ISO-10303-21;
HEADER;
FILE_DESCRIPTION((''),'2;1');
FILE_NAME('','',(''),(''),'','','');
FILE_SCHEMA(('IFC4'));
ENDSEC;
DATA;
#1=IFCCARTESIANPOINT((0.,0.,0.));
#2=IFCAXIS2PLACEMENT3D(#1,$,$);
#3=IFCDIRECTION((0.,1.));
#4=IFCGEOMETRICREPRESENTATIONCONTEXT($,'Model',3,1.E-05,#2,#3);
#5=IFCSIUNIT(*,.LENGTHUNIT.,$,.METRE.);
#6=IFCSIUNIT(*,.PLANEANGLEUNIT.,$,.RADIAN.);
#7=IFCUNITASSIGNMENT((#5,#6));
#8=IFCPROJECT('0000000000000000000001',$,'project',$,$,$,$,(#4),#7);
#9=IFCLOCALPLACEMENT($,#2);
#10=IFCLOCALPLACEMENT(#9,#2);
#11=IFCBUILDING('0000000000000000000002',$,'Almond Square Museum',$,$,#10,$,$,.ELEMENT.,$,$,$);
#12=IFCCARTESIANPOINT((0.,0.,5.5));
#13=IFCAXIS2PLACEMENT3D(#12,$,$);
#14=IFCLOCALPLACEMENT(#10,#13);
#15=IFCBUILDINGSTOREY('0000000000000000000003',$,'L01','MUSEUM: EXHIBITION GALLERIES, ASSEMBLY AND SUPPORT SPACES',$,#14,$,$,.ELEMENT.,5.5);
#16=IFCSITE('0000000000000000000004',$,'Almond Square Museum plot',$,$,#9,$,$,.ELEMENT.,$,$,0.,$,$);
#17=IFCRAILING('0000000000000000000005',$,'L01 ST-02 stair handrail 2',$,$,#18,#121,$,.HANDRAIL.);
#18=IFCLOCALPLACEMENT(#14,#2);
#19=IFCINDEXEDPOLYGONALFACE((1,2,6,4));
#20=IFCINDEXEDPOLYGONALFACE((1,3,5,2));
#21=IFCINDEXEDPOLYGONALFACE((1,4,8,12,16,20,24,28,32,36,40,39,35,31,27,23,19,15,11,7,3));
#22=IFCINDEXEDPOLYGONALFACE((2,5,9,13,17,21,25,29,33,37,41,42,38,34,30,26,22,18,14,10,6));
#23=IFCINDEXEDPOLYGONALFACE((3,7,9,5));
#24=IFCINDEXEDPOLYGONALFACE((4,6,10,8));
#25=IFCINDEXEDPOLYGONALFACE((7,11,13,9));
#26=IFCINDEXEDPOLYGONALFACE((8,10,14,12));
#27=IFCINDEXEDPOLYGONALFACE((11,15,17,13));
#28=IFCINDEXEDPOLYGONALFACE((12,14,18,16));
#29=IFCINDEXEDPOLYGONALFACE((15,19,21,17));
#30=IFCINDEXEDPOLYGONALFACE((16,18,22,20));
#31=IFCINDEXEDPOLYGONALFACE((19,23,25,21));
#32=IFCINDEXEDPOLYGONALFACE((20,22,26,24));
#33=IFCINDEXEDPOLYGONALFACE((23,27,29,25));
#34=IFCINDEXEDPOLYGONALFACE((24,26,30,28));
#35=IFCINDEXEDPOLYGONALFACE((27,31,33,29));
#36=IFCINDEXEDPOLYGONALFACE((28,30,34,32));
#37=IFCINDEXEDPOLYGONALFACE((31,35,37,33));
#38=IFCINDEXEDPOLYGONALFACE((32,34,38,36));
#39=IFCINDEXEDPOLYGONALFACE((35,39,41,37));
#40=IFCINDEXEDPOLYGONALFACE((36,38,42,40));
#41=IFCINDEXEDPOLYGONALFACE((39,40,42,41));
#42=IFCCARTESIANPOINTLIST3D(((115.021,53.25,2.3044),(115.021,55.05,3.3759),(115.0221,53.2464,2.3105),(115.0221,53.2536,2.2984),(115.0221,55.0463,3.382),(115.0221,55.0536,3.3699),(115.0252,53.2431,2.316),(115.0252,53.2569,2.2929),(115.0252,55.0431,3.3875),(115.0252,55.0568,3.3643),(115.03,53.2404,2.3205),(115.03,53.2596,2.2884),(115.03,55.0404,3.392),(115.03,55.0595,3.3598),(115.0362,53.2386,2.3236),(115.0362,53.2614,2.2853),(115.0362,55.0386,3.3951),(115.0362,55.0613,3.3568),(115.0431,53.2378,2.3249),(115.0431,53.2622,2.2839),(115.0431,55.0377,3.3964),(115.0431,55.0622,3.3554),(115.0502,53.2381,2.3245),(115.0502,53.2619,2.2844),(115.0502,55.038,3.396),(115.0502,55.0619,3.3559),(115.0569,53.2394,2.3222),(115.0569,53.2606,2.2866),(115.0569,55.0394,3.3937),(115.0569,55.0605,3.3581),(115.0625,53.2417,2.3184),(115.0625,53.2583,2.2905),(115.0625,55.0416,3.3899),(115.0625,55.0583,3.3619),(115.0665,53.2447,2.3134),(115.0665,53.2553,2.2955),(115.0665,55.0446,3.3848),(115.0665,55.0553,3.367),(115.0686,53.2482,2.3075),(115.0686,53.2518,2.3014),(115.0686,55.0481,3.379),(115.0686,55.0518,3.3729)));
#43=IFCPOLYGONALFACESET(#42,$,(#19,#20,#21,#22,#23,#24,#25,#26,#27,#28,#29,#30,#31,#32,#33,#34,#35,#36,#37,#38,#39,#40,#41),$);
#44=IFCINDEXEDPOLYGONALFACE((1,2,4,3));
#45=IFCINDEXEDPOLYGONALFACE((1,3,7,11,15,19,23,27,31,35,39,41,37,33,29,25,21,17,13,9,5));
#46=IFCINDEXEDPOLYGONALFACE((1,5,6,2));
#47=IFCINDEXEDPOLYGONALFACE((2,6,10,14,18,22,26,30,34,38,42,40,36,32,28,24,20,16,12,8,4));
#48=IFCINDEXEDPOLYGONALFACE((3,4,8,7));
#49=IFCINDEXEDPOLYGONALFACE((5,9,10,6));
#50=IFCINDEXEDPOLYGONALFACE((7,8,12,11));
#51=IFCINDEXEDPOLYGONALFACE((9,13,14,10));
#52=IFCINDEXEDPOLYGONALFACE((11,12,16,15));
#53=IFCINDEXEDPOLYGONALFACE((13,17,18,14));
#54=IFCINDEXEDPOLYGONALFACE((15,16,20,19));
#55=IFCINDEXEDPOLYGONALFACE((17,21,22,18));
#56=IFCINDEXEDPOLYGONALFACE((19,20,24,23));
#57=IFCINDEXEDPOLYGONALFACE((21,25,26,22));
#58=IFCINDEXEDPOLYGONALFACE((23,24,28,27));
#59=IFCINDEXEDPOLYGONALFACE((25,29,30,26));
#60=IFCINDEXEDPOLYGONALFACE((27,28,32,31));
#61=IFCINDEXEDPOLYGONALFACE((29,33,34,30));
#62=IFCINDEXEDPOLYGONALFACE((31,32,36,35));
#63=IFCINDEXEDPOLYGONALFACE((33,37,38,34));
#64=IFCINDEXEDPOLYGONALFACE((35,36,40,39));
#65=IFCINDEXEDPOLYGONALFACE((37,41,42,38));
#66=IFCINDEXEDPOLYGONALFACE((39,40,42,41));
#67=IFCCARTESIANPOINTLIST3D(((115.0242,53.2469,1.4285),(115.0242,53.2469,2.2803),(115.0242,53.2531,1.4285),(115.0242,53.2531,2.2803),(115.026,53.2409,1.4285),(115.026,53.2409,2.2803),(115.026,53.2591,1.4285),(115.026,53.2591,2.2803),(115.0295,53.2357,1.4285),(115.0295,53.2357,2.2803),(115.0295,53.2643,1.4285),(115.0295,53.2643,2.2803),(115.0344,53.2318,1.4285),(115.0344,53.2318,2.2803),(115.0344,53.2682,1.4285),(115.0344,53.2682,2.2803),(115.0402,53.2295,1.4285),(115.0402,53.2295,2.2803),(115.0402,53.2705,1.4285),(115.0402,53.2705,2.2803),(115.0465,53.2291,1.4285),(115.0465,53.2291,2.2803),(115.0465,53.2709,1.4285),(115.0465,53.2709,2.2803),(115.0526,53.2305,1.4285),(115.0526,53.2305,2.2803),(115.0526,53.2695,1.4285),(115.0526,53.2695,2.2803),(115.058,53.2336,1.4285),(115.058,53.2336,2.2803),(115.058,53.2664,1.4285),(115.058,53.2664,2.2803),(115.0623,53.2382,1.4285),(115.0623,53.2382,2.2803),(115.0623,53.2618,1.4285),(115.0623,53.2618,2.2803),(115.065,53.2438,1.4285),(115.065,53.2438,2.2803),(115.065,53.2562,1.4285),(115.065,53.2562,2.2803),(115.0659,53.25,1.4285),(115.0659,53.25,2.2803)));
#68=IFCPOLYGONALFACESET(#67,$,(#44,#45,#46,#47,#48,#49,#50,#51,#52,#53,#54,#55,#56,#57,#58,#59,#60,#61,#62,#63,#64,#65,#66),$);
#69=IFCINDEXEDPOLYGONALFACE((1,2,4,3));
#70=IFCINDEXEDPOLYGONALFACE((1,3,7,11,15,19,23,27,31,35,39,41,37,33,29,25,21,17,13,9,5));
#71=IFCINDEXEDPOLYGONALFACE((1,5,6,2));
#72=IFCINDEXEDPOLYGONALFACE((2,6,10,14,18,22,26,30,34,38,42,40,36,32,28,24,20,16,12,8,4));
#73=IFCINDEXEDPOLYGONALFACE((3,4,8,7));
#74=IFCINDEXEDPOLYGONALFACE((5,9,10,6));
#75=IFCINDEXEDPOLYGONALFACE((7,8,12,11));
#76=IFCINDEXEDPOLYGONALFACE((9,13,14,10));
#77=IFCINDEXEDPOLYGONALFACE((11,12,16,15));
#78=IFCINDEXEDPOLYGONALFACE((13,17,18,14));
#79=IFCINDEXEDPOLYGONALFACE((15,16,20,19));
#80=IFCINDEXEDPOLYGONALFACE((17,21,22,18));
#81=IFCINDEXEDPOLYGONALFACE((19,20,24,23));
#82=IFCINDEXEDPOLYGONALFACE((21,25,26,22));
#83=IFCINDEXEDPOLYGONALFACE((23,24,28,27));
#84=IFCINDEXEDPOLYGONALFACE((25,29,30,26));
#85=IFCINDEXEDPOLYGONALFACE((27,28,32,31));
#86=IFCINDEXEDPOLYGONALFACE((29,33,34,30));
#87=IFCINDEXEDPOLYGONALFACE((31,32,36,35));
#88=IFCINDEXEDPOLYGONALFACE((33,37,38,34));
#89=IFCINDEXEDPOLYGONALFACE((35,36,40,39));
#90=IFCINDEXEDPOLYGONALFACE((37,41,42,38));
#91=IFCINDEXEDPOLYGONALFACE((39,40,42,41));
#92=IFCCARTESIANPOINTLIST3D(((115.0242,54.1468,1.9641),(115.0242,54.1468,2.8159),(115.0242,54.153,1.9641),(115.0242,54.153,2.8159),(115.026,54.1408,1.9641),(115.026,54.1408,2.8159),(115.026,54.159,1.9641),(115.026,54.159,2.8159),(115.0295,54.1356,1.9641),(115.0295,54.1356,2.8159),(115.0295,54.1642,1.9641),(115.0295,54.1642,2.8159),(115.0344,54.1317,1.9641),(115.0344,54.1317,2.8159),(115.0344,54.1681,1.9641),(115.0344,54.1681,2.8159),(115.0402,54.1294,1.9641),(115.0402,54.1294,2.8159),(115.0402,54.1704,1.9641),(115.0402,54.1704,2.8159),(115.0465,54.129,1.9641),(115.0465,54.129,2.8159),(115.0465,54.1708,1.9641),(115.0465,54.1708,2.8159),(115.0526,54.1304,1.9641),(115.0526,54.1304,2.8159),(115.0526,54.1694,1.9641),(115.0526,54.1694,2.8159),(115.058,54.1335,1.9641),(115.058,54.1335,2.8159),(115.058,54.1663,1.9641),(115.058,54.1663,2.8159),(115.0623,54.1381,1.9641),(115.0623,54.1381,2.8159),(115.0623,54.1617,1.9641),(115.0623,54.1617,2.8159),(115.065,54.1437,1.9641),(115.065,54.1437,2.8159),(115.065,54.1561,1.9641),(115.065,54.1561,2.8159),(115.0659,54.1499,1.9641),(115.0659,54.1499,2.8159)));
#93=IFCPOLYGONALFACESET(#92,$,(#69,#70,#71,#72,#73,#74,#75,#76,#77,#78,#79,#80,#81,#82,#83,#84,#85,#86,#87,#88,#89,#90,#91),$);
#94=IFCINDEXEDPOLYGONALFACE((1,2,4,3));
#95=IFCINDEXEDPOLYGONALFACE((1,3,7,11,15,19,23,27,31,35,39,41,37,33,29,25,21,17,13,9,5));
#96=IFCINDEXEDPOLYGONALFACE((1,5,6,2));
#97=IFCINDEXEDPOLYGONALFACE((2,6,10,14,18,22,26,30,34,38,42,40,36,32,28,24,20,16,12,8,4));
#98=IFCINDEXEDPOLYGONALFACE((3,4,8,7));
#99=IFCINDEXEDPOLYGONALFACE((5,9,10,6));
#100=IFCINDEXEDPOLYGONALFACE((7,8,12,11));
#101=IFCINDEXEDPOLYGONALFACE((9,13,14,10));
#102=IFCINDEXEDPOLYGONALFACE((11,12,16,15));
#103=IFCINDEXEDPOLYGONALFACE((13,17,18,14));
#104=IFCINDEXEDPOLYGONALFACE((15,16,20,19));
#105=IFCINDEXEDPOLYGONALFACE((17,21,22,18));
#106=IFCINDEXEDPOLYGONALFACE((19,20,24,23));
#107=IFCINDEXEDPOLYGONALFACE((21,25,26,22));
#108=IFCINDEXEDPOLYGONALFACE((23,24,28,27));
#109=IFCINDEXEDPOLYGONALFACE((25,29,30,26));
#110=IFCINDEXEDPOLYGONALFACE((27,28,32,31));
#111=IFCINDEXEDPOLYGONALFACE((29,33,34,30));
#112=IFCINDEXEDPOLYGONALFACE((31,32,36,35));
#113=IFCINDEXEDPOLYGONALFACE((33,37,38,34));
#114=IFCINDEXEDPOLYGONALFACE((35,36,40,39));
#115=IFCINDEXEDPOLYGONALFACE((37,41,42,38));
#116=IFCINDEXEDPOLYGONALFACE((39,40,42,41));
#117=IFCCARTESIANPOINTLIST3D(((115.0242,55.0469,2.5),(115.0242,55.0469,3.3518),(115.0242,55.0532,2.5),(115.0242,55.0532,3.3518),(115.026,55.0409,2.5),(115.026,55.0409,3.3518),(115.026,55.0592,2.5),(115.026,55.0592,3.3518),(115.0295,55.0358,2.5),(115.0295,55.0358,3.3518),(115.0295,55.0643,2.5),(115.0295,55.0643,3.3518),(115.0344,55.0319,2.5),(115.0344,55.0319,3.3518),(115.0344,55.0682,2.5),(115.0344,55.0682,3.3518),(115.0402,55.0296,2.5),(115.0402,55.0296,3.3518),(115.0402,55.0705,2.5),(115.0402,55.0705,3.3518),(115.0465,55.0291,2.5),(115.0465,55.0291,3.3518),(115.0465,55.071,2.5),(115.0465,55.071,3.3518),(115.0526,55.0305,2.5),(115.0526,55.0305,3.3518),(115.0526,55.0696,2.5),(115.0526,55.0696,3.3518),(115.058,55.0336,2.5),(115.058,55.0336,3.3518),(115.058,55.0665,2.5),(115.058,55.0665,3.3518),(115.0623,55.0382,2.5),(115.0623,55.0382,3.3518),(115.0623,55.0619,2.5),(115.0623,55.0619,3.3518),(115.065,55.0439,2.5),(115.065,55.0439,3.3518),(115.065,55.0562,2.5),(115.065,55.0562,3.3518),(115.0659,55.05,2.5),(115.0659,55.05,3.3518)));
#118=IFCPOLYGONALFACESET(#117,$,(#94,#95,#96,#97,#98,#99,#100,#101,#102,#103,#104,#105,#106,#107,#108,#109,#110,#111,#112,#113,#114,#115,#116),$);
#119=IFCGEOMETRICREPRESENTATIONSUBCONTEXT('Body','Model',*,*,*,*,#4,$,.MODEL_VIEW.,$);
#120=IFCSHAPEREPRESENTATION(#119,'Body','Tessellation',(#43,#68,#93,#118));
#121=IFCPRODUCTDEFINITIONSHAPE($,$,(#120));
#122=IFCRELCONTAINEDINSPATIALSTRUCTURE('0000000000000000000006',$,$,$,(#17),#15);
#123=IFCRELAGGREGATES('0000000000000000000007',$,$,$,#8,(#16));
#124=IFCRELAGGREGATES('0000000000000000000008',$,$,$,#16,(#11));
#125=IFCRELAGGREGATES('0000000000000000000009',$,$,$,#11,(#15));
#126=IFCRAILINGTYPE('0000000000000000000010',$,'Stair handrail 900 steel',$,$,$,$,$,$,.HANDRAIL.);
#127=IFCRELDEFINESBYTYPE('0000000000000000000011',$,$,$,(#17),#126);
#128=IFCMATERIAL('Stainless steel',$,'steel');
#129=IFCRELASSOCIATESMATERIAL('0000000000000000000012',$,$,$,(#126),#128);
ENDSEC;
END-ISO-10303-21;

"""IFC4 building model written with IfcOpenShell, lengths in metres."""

from ifc_helpers import new_model, si_unit, direction, frame, origin, origin_2d, place, context, subcontext, project, spatial, circle, extrude, material, type_object, element, save


model = new_model("IFC4")

# Units and contexts
model_context = context("Model", 3, precision=1e-05, world=origin(), true_north=direction((0.0, 1.0)))
body_context = subcontext(model_context, "Body", "Model", "MODEL_VIEW")
ifc_project = project(units=[si_unit("LENGTHUNIT", "METRE"), si_unit("PLANEANGLEUNIT", "RADIAN")], contexts=[model_context])

# Site, building, storey
site_placement = place(None, origin())
site = spatial("IfcSite", under=ifc_project, at=site_placement, Name="Almond Square Museum plot", CompositionType="ELEMENT", RefElevation=0.0)
building_placement = place(site_placement, origin())
building = spatial("IfcBuilding", under=site, at=building_placement, Name="Almond Square Museum", CompositionType="ELEMENT")
storey_placement = place(building_placement, frame((0.0, 0.0, 5.5)))
storey = spatial("IfcBuildingStorey", under=building, at=storey_placement, Name="L01", Description="MUSEUM: EXHIBITION GALLERIES, ASSEMBLY AND SUPPORT SPACES", CompositionType="ELEMENT", Elevation=5.5)

# Railing
ifc_material_1 = material(Name="Stainless steel", Category="steel")
railing_type_1 = type_object("IfcRailingType", Name="Stair handrail 900 steel", PredefinedType="HANDRAIL", material=ifc_material_1)
railing_1_placement = place(storey_placement, frame((115.0449, 53.25, 1.4285)))
element("IfcRailing", 1, at=railing_1_placement, inside=storey, type_object=railing_type_1, Name="L01 ST-02 stair handrail 2", PredefinedType="HANDRAIL", context=body_context, shape_type="SweptSolid", body=[
    extrude(circle(Radius=0.0239, at=origin_2d()), frame((0.0, 0.0, 0.876), z_axis=(0.0, 0.859277, 0.51151), x_axis=(-1.0, 0.0, 0.0)), (0.0, 0.0, 1.0), 2.0947),
    extrude(circle(Radius=0.021, at=origin_2d()), origin(), (0.0, 0.0, 1.0), 0.8518),
    extrude(circle(Radius=0.021, at=origin_2d()), frame((0.0, 0.8999, 0.5356)), (0.0, 0.0, 1.0), 0.8518),
    extrude(circle(Radius=0.021, at=origin_2d()), frame((0.0, 1.8, 1.0715)), (0.0, 0.0, 1.0), 0.8518),
])

save(model, "model.ifc")
